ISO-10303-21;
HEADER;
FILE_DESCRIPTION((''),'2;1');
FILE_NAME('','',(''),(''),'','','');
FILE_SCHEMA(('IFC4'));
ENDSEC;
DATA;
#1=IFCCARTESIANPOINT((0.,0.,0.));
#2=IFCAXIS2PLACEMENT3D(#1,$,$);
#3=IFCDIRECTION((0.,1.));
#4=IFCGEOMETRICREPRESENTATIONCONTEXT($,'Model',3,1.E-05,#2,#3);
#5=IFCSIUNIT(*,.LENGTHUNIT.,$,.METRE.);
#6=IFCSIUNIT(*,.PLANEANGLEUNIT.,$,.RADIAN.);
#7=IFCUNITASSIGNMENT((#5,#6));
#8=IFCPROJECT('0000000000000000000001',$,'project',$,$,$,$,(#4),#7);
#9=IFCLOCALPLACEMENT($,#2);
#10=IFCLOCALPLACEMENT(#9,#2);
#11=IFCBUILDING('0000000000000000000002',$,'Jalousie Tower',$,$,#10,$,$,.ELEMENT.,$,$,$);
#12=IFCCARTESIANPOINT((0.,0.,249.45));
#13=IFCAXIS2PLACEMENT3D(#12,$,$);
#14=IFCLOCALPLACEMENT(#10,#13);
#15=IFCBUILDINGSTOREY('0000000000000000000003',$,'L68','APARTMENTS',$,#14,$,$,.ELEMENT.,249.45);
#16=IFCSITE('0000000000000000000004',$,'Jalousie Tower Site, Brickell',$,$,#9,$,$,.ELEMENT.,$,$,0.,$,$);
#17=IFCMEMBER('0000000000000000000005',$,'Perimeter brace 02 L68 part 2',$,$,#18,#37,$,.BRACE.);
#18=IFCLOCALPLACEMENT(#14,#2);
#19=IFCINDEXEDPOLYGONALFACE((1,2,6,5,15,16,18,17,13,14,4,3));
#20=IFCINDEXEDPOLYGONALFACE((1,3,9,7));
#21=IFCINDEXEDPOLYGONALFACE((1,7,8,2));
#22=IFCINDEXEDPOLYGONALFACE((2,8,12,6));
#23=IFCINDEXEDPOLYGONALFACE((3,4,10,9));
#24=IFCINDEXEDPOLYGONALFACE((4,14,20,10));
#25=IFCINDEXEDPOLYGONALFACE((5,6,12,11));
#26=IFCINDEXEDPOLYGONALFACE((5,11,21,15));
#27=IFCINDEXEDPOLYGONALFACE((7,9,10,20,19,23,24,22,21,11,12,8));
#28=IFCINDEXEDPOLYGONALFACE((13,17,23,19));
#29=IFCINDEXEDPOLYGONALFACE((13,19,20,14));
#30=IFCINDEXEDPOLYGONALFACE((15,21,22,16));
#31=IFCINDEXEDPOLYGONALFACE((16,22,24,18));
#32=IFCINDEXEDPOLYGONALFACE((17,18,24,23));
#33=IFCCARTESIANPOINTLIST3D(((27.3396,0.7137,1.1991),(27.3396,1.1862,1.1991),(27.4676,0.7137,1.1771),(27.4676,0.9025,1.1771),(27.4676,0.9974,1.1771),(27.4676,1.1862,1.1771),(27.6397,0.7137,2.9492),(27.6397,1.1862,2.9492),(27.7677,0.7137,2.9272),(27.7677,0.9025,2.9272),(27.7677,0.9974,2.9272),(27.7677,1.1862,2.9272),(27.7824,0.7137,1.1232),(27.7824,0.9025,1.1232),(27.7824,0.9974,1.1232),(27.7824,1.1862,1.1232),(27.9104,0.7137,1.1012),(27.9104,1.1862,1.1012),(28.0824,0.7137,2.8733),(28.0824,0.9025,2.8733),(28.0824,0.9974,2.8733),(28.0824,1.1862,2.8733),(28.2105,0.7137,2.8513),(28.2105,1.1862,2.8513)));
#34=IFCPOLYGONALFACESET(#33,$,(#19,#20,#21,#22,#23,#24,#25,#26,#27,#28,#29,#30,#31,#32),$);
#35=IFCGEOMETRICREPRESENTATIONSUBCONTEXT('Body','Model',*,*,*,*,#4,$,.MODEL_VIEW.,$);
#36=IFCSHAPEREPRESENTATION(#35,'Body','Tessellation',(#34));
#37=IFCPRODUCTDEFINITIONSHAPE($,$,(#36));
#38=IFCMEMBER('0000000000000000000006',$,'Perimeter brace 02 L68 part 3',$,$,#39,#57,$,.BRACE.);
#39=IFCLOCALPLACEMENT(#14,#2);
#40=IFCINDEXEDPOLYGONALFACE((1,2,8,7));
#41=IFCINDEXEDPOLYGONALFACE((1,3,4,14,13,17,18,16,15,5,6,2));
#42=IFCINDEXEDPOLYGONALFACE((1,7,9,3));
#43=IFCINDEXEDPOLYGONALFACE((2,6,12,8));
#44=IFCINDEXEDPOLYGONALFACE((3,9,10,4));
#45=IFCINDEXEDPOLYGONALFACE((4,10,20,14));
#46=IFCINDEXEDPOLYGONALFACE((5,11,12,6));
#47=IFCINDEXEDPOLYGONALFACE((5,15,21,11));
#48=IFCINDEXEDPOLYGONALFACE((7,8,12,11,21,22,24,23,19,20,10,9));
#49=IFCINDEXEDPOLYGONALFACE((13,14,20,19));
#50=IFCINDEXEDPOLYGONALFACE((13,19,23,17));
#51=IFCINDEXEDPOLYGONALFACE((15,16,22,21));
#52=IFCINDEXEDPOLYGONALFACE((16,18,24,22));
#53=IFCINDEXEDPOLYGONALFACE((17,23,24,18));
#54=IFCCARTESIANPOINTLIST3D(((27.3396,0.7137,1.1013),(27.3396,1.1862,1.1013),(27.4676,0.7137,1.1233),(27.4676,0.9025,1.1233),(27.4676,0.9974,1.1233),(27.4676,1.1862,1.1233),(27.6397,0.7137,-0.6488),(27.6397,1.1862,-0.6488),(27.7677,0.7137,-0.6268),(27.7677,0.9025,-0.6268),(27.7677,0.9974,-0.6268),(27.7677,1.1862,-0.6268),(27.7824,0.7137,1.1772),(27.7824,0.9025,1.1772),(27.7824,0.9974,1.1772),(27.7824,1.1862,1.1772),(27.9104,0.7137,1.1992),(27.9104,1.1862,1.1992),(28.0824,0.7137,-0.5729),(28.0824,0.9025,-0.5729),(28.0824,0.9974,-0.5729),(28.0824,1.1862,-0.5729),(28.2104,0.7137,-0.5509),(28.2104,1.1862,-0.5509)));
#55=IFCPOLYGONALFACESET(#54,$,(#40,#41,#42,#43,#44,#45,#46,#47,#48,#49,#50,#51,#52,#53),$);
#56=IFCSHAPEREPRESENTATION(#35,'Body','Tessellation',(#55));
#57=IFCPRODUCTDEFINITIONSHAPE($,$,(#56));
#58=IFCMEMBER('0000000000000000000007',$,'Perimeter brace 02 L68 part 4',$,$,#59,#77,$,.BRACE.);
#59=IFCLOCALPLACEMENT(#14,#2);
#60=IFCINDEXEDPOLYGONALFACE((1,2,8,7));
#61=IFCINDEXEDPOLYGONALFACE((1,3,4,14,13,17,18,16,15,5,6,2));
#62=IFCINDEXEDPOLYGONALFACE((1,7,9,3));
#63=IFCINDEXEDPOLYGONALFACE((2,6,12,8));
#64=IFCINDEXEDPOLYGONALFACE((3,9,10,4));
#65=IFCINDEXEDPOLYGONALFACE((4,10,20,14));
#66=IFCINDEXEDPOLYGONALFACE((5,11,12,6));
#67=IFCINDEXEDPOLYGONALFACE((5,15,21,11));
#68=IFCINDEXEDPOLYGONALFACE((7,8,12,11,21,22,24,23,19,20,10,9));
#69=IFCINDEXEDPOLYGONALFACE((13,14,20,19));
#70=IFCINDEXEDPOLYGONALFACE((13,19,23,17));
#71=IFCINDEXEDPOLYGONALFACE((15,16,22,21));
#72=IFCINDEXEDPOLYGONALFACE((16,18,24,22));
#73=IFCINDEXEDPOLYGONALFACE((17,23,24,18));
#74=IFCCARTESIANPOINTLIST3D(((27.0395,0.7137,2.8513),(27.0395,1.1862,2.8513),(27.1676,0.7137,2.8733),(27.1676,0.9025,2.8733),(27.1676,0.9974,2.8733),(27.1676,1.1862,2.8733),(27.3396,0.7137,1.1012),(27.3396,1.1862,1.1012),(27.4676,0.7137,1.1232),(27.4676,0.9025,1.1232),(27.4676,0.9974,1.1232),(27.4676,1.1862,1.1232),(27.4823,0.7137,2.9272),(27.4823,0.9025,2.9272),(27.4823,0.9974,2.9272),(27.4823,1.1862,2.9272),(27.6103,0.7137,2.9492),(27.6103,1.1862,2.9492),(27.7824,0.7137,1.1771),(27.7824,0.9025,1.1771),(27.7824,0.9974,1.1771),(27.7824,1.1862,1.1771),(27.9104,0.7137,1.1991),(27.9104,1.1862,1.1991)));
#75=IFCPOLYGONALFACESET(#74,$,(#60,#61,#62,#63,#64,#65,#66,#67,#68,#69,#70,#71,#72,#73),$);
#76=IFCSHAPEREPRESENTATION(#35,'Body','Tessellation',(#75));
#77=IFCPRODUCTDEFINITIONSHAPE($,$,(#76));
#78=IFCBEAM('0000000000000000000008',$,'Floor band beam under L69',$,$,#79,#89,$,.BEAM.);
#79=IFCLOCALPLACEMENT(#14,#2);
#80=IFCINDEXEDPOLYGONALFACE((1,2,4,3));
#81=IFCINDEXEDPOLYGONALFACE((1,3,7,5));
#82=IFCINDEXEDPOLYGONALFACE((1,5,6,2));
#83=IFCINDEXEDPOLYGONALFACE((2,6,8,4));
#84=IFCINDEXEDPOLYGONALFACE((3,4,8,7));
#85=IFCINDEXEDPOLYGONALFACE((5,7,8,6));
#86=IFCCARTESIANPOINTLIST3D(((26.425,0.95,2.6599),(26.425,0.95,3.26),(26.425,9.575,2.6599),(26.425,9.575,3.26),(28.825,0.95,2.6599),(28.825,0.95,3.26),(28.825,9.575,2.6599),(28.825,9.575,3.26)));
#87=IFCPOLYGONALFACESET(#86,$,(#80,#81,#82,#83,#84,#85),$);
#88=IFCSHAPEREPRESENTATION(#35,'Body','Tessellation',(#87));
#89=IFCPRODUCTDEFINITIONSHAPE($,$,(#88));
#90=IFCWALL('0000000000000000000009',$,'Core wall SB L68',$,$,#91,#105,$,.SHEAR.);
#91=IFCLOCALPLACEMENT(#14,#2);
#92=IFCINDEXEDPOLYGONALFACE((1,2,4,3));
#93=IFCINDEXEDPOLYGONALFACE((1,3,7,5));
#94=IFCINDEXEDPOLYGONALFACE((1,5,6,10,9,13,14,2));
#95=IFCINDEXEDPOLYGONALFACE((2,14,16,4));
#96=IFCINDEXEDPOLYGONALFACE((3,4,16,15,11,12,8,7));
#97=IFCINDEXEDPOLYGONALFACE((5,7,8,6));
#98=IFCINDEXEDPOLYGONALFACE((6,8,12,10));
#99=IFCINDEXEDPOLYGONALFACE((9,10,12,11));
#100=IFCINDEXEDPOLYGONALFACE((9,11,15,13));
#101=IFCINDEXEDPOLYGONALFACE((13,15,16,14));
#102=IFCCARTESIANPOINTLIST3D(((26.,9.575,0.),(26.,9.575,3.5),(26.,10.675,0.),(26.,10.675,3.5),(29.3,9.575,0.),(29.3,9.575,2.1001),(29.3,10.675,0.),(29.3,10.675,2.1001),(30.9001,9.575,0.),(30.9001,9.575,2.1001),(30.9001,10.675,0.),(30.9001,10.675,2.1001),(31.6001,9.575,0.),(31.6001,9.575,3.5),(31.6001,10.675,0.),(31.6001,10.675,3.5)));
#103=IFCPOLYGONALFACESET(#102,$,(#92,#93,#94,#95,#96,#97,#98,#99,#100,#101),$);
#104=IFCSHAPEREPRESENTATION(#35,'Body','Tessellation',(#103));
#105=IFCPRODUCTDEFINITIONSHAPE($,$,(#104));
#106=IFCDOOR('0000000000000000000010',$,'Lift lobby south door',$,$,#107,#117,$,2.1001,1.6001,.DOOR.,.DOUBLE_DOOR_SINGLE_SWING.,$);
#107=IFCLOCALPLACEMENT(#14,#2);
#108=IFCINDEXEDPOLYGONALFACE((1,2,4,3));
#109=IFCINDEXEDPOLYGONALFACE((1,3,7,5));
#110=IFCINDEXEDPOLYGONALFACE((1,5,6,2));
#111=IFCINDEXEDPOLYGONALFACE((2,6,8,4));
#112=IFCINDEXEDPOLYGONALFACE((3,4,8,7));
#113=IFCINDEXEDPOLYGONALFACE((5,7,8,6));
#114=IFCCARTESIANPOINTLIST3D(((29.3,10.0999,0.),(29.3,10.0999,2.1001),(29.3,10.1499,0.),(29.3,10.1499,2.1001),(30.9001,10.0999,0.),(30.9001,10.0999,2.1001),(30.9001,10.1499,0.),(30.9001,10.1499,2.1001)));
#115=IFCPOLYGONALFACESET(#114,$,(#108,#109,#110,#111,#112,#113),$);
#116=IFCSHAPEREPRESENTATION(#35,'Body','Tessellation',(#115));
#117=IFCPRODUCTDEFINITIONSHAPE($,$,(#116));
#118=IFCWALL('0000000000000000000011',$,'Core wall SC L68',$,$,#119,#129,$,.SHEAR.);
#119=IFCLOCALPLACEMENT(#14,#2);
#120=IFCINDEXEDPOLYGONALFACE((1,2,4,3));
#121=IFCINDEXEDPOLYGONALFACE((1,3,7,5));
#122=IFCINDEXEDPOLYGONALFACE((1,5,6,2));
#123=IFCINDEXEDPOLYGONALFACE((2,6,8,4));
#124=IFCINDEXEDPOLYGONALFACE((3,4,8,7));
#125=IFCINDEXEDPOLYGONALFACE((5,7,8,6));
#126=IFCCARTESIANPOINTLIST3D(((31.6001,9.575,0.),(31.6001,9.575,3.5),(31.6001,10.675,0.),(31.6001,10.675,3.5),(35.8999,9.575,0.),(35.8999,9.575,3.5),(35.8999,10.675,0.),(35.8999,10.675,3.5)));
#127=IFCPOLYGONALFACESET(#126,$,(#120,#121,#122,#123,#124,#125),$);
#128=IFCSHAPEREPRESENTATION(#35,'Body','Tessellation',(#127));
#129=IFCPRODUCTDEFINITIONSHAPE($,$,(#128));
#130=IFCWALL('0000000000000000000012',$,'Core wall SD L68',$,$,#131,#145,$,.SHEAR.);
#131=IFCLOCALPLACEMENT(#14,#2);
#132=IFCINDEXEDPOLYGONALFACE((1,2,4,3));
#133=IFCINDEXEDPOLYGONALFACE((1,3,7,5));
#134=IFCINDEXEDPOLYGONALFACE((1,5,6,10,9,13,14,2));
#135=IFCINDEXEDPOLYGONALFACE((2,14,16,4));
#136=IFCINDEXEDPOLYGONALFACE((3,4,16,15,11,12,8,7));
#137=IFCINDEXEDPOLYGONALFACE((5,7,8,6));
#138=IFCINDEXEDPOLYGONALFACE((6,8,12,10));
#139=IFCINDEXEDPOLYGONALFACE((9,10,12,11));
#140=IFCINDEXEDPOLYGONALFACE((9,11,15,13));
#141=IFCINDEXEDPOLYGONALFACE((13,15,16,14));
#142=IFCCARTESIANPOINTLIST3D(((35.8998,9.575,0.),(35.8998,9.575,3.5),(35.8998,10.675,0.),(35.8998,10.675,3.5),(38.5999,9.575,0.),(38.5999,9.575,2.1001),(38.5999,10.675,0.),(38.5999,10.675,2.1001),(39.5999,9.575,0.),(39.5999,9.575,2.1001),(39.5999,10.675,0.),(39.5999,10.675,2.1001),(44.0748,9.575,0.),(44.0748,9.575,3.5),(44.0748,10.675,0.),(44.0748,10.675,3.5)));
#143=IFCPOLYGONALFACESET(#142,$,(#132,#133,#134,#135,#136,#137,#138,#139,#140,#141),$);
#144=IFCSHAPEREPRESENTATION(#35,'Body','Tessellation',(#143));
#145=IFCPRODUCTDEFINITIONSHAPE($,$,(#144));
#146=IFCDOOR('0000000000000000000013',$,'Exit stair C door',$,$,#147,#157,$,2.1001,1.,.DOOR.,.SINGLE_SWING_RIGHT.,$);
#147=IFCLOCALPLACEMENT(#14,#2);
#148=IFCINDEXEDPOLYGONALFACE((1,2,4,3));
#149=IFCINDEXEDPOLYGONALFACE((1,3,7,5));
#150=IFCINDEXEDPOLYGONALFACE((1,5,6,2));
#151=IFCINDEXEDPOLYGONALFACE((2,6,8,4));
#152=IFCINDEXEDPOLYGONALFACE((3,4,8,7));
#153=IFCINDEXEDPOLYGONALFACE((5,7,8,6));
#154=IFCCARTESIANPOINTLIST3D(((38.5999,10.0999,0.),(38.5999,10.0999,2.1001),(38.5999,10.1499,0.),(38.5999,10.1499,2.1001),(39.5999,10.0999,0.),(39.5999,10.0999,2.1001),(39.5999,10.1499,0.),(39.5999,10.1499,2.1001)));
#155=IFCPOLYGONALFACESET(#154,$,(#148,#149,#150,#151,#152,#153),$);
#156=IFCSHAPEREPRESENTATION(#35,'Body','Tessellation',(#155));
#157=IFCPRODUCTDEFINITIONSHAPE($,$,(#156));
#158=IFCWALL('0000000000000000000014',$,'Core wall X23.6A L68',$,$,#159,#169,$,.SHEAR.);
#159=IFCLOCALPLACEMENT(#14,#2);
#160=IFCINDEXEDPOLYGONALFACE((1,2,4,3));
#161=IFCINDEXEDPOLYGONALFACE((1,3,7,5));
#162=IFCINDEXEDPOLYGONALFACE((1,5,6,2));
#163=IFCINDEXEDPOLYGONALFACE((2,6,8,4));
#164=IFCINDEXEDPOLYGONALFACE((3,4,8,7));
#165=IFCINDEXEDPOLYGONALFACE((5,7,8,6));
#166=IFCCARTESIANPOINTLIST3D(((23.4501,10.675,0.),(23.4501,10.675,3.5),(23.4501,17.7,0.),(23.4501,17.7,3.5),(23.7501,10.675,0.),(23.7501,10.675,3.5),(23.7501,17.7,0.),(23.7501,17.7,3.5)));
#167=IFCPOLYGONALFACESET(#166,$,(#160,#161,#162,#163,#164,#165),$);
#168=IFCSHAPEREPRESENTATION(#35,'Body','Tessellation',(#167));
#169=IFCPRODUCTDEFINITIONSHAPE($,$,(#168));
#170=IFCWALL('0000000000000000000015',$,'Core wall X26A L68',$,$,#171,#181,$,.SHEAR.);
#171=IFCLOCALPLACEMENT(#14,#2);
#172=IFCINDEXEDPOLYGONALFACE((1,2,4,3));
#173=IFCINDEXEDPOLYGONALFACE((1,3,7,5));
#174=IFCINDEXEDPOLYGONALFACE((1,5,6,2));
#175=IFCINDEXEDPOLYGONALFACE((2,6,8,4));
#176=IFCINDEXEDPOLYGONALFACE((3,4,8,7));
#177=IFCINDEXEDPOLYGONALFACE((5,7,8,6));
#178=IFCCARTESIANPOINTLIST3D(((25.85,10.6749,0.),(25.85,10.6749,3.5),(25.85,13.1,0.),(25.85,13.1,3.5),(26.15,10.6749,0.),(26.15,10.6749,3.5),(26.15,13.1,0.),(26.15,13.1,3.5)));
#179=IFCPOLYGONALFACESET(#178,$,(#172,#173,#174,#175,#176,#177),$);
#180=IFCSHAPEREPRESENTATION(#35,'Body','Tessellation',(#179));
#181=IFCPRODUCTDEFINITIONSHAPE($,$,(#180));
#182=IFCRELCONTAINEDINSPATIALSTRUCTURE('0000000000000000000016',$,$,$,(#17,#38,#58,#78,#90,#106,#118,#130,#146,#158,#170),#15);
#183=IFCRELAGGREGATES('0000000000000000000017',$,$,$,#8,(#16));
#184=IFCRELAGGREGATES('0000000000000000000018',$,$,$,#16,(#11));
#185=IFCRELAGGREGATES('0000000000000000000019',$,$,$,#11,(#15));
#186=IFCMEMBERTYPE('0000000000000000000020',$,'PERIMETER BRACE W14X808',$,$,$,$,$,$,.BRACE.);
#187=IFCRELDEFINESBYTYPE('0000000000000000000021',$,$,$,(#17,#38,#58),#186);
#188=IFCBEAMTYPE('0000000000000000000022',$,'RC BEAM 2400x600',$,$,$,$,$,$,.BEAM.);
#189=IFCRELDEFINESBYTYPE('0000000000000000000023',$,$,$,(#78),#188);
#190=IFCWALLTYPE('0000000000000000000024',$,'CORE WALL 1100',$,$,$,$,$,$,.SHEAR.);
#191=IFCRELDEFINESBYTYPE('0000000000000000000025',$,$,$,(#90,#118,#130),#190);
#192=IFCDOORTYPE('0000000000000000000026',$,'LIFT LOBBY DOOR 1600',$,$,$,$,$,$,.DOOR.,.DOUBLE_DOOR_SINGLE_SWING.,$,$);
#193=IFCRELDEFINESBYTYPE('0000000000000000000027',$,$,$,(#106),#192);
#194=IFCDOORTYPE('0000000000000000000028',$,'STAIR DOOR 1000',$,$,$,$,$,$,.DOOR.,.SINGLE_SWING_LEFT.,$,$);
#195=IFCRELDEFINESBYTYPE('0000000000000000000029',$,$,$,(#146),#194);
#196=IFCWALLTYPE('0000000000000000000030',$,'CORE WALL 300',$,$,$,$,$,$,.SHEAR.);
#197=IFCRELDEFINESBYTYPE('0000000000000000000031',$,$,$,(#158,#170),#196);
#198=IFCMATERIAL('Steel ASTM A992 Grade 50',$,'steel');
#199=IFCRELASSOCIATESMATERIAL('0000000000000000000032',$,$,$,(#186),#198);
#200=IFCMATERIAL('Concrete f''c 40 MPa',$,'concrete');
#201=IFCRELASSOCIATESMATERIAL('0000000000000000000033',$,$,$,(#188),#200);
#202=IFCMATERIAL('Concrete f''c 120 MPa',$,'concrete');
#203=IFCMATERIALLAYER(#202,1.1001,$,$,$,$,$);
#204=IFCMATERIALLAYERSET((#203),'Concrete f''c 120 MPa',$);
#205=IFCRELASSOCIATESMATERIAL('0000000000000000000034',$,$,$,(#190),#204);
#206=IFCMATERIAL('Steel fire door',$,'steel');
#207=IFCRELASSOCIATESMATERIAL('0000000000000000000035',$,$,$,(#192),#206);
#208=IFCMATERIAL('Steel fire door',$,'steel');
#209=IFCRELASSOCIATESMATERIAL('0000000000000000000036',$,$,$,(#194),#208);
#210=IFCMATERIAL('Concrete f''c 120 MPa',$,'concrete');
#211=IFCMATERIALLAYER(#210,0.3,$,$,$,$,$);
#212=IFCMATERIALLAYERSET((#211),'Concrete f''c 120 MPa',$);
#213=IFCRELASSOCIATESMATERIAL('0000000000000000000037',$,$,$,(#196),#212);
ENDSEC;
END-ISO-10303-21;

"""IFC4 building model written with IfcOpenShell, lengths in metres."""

from ifc_helpers import new_model, si_unit, direction, frame, frame_2d, origin, origin_2d, place, context, subcontext, project, spatial, rectangle, i_section, extrude, material, layer, layer_set, material_profile, profile_set, type_object, element, fill, save


model = new_model("IFC4")

# Units and contexts
model_context = context("Model", 3, precision=1e-05, world=origin(), true_north=direction((0.0, 1.0)))
body_context = subcontext(model_context, "Body", "Model", "MODEL_VIEW")
ifc_project = project(units=[si_unit("LENGTHUNIT", "METRE"), si_unit("PLANEANGLEUNIT", "RADIAN")], contexts=[model_context])

# Site, building, storey
site_placement = place(None, origin())
site = spatial("IfcSite", under=ifc_project, at=site_placement, Name="Jalousie Tower Site, Brickell", CompositionType="ELEMENT", RefElevation=0.0)
building_placement = place(site_placement, origin())
building = spatial("IfcBuilding", under=site, at=building_placement, Name="Jalousie Tower", CompositionType="ELEMENT")
storey_placement = place(building_placement, frame((0.0, 0.0, 249.45)))
storey = spatial("IfcBuildingStorey", under=building, at=storey_placement, Name="L68", Description="APARTMENTS", CompositionType="ELEMENT", Elevation=249.45)

# Members
ifc_material_1 = material(Name="Steel ASTM A992 Grade 50", Category="steel")
ifc_material_profile_1 = material_profile(ifc_material_1, i_section(OverallWidth=0.4724, OverallDepth=0.5791, WebThickness=0.095, FlangeThickness=0.1299, at=origin_2d()), Name="W14X808")
ifc_profile_set_1 = profile_set([ifc_material_profile_1], Name="Steel ASTM A992 Grade 50")
member_type = type_object("IfcMemberType", Name="PERIMETER BRACE W14X808", PredefinedType="BRACE", material=ifc_profile_set_1)
for number, where, z_axis, x_axis, name in (
    (1, (27.625, 0.95, 1.1501), (0.168991, 0.0, 0.985618), (0.0, 1.0, 0.0), "Perimeter brace 02 L68 part 2"),
    (2, (27.925, 0.95, -0.5999), (-0.168991, 0.0, 0.985618), (0.0, -1.0, 0.0), "Perimeter brace 02 L68 part 3"),
    (3, (27.625, 0.95, 1.1501), (-0.168991, 0.0, 0.985618), (0.0, -1.0, 0.0), "Perimeter brace 02 L68 part 4"),
):
    element("IfcMember", number, at=place(storey_placement, frame(where, z_axis=z_axis, x_axis=x_axis)), inside=storey, type_object=member_type, Name=name, PredefinedType="BRACE", context=body_context, shape_type="SweptSolid", body=[
        extrude(i_section(OverallWidth=0.4724, OverallDepth=0.5791, WebThickness=0.095, FlangeThickness=0.1299, at=origin_2d()), origin(), (0.0, 0.0, 1.0), 1.7756),
    ])

# Beam
ifc_material_2 = material(Name="Concrete f'c 40 MPa", Category="concrete")
ifc_material_profile_2 = material_profile(ifc_material_2, rectangle(XDim=2.3999, YDim=0.6001, at=origin_2d()), Name="RC 2400x600")
ifc_profile_set_2 = profile_set([ifc_material_profile_2], Name="Concrete f'c 40 MPa")
beam_type = type_object("IfcBeamType", Name="RC BEAM 2400x600", PredefinedType="BEAM", material=ifc_profile_set_2)
beam_placement = place(storey_placement, frame((27.625, 0.95, 2.96), z_axis=(0.0, 1.0, 0.0), x_axis=(-1.0, 0.0, 0.0)))
element("IfcBeam", 4, at=beam_placement, inside=storey, type_object=beam_type, Name="Floor band beam under L69", PredefinedType="BEAM", context=body_context, shape_type="SweptSolid", body=[
    extrude(rectangle(XDim=2.3999, YDim=0.6001, at=origin_2d()), origin(), (0.0, 0.0, 1.0), 8.625),
])

# Wall, opening, door
ifc_material_3 = material(Name="Concrete f'c 120 MPa", Category="concrete")
ifc_layer_1 = layer(ifc_material_3, 1.1001)
ifc_layer_set_1 = layer_set([ifc_layer_1], Name="Concrete f'c 120 MPa")
wall_type_1 = type_object("IfcWallType", Name="CORE WALL 1100", PredefinedType="SHEAR", material=ifc_layer_set_1)
wall_1_placement = place(storey_placement, frame((26.0, 10.125, 0.0), z_axis=(0.0, 0.0, 1.0), x_axis=(1.0, 0.0, 0.0)))
wall_1 = element("IfcWall", 5, at=wall_1_placement, inside=storey, type_object=wall_type_1, Name="Core wall SB L68", PredefinedType="SHEAR", context=body_context, shape_type="SweptSolid", body=[
    extrude(rectangle(XDim=5.6001, YDim=1.1001, at=frame_2d((2.8, 0.0))), origin(), (0.0, 0.0, 1.0), 3.5),
])
opening_1_placement = place(wall_1_placement, frame((3.3, 0.0, 0.0)))
opening_1 = element("IfcOpeningElement", 6, at=opening_1_placement, cuts=wall_1, PredefinedType="OPENING", context=body_context, shape_type="SweptSolid", body=[
    extrude(rectangle(XDim=1.6001, YDim=2.1001, at=frame_2d((0.8, 1.05))), frame((0.0, 0.5601, 0.0), z_axis=(0.0, -1.0, 0.0), x_axis=(1.0, 0.0, 0.0)), (0.0, 0.0, 1.0), 1.1201),
])
ifc_material_4 = material(Name="Steel fire door", Category="steel")
door_type_1 = type_object("IfcDoorType", Name="LIFT LOBBY DOOR 1600", OperationType="DOUBLE_DOOR_SINGLE_SWING", PredefinedType="DOOR", material=ifc_material_4)
door_1_placement = place(opening_1_placement, origin())
door_1 = element("IfcDoor", 7, at=door_1_placement, inside=storey, type_object=door_type_1, Name="Lift lobby south door", OperationType="DOUBLE_DOOR_SINGLE_SWING", OverallHeight=2.1001, OverallWidth=1.6001, PredefinedType="DOOR", context=body_context, shape_type="SweptSolid", body=[
    extrude(rectangle(XDim=1.6001, YDim=2.1001, at=frame_2d((0.8, 1.05))), frame((0.0, 0.0249, 0.0), z_axis=(0.0, -1.0, 0.0), x_axis=(1.0, 0.0, 0.0)), (0.0, 0.0, 1.0), 0.05),
])
fill(opening_1, door_1)

# Wall
wall_2_placement = place(storey_placement, frame((31.6001, 10.125, 0.0), z_axis=(0.0, 0.0, 1.0), x_axis=(1.0, 0.0, 0.0)))
element("IfcWall", 8, at=wall_2_placement, inside=storey, type_object=wall_type_1, Name="Core wall SC L68", PredefinedType="SHEAR", context=body_context, shape_type="SweptSolid", body=[
    extrude(rectangle(XDim=4.2998, YDim=1.1001, at=frame_2d((2.1499, 0.0))), origin(), (0.0, 0.0, 1.0), 3.5),
])

# Wall, opening, door
wall_3_placement = place(storey_placement, frame((35.8999, 10.125, 0.0), z_axis=(0.0, 0.0, 1.0), x_axis=(1.0, 0.0, 0.0)))
wall_3 = element("IfcWall", 9, at=wall_3_placement, inside=storey, type_object=wall_type_1, Name="Core wall SD L68", PredefinedType="SHEAR", context=body_context, shape_type="SweptSolid", body=[
    extrude(rectangle(XDim=8.175, YDim=1.1001, at=frame_2d((4.0874, 0.0))), origin(), (0.0, 0.0, 1.0), 3.5),
])
opening_2_placement = place(wall_3_placement, frame((2.7, 0.0, 0.0)))
opening_2 = element("IfcOpeningElement", 10, at=opening_2_placement, cuts=wall_3, PredefinedType="OPENING", context=body_context, shape_type="SweptSolid", body=[
    extrude(rectangle(XDim=1.0, YDim=2.1001, at=frame_2d((0.5, 1.05))), frame((0.0, 0.5601, 0.0), z_axis=(0.0, -1.0, 0.0), x_axis=(1.0, 0.0, 0.0)), (0.0, 0.0, 1.0), 1.1201),
])
ifc_material_5 = material(Name="Steel fire door", Category="steel")
door_type_2 = type_object("IfcDoorType", Name="STAIR DOOR 1000", OperationType="SINGLE_SWING_LEFT", PredefinedType="DOOR", material=ifc_material_5)
door_2_placement = place(opening_2_placement, origin())
door_2 = element("IfcDoor", 11, at=door_2_placement, inside=storey, type_object=door_type_2, Name="Exit stair C door", OperationType="SINGLE_SWING_RIGHT", OverallHeight=2.1001, OverallWidth=1.0, PredefinedType="DOOR", context=body_context, shape_type="SweptSolid", body=[
    extrude(rectangle(XDim=1.0, YDim=2.1001, at=frame_2d((0.5, 1.05))), frame((0.0, 0.0249, 0.0), z_axis=(0.0, -1.0, 0.0), x_axis=(1.0, 0.0, 0.0)), (0.0, 0.0, 1.0), 0.05),
])
fill(opening_2, door_2)

# Walls
ifc_material_6 = material(Name="Concrete f'c 120 MPa", Category="concrete")
ifc_layer_2 = layer(ifc_material_6, 0.3)
ifc_layer_set_2 = layer_set([ifc_layer_2], Name="Concrete f'c 120 MPa")
wall_type_2 = type_object("IfcWallType", Name="CORE WALL 300", PredefinedType="SHEAR", material=ifc_layer_set_2)
wall_4_placement = place(storey_placement, frame((23.6001, 10.675, 0.0), z_axis=(0.0, 0.0, 1.0), x_axis=(0.0, 1.0, 0.0)))
element("IfcWall", 12, at=wall_4_placement, inside=storey, type_object=wall_type_2, Name="Core wall X23.6A L68", PredefinedType="SHEAR", context=body_context, shape_type="SweptSolid", body=[
    extrude(rectangle(XDim=7.0249, YDim=0.3, at=frame_2d((3.5125, 0.0))), origin(), (0.0, 0.0, 1.0), 3.5),
])
wall_5_placement = place(storey_placement, frame((26.0, 10.675, 0.0), z_axis=(0.0, 0.0, 1.0), x_axis=(0.0, 1.0, 0.0)))
element("IfcWall", 13, at=wall_5_placement, inside=storey, type_object=wall_type_2, Name="Core wall X26A L68", PredefinedType="SHEAR", context=body_context, shape_type="SweptSolid", body=[
    extrude(rectangle(XDim=2.425, YDim=0.3, at=frame_2d((1.2124, 0.0))), origin(), (0.0, 0.0, 1.0), 3.5),
])

save(model, "model.ifc")
